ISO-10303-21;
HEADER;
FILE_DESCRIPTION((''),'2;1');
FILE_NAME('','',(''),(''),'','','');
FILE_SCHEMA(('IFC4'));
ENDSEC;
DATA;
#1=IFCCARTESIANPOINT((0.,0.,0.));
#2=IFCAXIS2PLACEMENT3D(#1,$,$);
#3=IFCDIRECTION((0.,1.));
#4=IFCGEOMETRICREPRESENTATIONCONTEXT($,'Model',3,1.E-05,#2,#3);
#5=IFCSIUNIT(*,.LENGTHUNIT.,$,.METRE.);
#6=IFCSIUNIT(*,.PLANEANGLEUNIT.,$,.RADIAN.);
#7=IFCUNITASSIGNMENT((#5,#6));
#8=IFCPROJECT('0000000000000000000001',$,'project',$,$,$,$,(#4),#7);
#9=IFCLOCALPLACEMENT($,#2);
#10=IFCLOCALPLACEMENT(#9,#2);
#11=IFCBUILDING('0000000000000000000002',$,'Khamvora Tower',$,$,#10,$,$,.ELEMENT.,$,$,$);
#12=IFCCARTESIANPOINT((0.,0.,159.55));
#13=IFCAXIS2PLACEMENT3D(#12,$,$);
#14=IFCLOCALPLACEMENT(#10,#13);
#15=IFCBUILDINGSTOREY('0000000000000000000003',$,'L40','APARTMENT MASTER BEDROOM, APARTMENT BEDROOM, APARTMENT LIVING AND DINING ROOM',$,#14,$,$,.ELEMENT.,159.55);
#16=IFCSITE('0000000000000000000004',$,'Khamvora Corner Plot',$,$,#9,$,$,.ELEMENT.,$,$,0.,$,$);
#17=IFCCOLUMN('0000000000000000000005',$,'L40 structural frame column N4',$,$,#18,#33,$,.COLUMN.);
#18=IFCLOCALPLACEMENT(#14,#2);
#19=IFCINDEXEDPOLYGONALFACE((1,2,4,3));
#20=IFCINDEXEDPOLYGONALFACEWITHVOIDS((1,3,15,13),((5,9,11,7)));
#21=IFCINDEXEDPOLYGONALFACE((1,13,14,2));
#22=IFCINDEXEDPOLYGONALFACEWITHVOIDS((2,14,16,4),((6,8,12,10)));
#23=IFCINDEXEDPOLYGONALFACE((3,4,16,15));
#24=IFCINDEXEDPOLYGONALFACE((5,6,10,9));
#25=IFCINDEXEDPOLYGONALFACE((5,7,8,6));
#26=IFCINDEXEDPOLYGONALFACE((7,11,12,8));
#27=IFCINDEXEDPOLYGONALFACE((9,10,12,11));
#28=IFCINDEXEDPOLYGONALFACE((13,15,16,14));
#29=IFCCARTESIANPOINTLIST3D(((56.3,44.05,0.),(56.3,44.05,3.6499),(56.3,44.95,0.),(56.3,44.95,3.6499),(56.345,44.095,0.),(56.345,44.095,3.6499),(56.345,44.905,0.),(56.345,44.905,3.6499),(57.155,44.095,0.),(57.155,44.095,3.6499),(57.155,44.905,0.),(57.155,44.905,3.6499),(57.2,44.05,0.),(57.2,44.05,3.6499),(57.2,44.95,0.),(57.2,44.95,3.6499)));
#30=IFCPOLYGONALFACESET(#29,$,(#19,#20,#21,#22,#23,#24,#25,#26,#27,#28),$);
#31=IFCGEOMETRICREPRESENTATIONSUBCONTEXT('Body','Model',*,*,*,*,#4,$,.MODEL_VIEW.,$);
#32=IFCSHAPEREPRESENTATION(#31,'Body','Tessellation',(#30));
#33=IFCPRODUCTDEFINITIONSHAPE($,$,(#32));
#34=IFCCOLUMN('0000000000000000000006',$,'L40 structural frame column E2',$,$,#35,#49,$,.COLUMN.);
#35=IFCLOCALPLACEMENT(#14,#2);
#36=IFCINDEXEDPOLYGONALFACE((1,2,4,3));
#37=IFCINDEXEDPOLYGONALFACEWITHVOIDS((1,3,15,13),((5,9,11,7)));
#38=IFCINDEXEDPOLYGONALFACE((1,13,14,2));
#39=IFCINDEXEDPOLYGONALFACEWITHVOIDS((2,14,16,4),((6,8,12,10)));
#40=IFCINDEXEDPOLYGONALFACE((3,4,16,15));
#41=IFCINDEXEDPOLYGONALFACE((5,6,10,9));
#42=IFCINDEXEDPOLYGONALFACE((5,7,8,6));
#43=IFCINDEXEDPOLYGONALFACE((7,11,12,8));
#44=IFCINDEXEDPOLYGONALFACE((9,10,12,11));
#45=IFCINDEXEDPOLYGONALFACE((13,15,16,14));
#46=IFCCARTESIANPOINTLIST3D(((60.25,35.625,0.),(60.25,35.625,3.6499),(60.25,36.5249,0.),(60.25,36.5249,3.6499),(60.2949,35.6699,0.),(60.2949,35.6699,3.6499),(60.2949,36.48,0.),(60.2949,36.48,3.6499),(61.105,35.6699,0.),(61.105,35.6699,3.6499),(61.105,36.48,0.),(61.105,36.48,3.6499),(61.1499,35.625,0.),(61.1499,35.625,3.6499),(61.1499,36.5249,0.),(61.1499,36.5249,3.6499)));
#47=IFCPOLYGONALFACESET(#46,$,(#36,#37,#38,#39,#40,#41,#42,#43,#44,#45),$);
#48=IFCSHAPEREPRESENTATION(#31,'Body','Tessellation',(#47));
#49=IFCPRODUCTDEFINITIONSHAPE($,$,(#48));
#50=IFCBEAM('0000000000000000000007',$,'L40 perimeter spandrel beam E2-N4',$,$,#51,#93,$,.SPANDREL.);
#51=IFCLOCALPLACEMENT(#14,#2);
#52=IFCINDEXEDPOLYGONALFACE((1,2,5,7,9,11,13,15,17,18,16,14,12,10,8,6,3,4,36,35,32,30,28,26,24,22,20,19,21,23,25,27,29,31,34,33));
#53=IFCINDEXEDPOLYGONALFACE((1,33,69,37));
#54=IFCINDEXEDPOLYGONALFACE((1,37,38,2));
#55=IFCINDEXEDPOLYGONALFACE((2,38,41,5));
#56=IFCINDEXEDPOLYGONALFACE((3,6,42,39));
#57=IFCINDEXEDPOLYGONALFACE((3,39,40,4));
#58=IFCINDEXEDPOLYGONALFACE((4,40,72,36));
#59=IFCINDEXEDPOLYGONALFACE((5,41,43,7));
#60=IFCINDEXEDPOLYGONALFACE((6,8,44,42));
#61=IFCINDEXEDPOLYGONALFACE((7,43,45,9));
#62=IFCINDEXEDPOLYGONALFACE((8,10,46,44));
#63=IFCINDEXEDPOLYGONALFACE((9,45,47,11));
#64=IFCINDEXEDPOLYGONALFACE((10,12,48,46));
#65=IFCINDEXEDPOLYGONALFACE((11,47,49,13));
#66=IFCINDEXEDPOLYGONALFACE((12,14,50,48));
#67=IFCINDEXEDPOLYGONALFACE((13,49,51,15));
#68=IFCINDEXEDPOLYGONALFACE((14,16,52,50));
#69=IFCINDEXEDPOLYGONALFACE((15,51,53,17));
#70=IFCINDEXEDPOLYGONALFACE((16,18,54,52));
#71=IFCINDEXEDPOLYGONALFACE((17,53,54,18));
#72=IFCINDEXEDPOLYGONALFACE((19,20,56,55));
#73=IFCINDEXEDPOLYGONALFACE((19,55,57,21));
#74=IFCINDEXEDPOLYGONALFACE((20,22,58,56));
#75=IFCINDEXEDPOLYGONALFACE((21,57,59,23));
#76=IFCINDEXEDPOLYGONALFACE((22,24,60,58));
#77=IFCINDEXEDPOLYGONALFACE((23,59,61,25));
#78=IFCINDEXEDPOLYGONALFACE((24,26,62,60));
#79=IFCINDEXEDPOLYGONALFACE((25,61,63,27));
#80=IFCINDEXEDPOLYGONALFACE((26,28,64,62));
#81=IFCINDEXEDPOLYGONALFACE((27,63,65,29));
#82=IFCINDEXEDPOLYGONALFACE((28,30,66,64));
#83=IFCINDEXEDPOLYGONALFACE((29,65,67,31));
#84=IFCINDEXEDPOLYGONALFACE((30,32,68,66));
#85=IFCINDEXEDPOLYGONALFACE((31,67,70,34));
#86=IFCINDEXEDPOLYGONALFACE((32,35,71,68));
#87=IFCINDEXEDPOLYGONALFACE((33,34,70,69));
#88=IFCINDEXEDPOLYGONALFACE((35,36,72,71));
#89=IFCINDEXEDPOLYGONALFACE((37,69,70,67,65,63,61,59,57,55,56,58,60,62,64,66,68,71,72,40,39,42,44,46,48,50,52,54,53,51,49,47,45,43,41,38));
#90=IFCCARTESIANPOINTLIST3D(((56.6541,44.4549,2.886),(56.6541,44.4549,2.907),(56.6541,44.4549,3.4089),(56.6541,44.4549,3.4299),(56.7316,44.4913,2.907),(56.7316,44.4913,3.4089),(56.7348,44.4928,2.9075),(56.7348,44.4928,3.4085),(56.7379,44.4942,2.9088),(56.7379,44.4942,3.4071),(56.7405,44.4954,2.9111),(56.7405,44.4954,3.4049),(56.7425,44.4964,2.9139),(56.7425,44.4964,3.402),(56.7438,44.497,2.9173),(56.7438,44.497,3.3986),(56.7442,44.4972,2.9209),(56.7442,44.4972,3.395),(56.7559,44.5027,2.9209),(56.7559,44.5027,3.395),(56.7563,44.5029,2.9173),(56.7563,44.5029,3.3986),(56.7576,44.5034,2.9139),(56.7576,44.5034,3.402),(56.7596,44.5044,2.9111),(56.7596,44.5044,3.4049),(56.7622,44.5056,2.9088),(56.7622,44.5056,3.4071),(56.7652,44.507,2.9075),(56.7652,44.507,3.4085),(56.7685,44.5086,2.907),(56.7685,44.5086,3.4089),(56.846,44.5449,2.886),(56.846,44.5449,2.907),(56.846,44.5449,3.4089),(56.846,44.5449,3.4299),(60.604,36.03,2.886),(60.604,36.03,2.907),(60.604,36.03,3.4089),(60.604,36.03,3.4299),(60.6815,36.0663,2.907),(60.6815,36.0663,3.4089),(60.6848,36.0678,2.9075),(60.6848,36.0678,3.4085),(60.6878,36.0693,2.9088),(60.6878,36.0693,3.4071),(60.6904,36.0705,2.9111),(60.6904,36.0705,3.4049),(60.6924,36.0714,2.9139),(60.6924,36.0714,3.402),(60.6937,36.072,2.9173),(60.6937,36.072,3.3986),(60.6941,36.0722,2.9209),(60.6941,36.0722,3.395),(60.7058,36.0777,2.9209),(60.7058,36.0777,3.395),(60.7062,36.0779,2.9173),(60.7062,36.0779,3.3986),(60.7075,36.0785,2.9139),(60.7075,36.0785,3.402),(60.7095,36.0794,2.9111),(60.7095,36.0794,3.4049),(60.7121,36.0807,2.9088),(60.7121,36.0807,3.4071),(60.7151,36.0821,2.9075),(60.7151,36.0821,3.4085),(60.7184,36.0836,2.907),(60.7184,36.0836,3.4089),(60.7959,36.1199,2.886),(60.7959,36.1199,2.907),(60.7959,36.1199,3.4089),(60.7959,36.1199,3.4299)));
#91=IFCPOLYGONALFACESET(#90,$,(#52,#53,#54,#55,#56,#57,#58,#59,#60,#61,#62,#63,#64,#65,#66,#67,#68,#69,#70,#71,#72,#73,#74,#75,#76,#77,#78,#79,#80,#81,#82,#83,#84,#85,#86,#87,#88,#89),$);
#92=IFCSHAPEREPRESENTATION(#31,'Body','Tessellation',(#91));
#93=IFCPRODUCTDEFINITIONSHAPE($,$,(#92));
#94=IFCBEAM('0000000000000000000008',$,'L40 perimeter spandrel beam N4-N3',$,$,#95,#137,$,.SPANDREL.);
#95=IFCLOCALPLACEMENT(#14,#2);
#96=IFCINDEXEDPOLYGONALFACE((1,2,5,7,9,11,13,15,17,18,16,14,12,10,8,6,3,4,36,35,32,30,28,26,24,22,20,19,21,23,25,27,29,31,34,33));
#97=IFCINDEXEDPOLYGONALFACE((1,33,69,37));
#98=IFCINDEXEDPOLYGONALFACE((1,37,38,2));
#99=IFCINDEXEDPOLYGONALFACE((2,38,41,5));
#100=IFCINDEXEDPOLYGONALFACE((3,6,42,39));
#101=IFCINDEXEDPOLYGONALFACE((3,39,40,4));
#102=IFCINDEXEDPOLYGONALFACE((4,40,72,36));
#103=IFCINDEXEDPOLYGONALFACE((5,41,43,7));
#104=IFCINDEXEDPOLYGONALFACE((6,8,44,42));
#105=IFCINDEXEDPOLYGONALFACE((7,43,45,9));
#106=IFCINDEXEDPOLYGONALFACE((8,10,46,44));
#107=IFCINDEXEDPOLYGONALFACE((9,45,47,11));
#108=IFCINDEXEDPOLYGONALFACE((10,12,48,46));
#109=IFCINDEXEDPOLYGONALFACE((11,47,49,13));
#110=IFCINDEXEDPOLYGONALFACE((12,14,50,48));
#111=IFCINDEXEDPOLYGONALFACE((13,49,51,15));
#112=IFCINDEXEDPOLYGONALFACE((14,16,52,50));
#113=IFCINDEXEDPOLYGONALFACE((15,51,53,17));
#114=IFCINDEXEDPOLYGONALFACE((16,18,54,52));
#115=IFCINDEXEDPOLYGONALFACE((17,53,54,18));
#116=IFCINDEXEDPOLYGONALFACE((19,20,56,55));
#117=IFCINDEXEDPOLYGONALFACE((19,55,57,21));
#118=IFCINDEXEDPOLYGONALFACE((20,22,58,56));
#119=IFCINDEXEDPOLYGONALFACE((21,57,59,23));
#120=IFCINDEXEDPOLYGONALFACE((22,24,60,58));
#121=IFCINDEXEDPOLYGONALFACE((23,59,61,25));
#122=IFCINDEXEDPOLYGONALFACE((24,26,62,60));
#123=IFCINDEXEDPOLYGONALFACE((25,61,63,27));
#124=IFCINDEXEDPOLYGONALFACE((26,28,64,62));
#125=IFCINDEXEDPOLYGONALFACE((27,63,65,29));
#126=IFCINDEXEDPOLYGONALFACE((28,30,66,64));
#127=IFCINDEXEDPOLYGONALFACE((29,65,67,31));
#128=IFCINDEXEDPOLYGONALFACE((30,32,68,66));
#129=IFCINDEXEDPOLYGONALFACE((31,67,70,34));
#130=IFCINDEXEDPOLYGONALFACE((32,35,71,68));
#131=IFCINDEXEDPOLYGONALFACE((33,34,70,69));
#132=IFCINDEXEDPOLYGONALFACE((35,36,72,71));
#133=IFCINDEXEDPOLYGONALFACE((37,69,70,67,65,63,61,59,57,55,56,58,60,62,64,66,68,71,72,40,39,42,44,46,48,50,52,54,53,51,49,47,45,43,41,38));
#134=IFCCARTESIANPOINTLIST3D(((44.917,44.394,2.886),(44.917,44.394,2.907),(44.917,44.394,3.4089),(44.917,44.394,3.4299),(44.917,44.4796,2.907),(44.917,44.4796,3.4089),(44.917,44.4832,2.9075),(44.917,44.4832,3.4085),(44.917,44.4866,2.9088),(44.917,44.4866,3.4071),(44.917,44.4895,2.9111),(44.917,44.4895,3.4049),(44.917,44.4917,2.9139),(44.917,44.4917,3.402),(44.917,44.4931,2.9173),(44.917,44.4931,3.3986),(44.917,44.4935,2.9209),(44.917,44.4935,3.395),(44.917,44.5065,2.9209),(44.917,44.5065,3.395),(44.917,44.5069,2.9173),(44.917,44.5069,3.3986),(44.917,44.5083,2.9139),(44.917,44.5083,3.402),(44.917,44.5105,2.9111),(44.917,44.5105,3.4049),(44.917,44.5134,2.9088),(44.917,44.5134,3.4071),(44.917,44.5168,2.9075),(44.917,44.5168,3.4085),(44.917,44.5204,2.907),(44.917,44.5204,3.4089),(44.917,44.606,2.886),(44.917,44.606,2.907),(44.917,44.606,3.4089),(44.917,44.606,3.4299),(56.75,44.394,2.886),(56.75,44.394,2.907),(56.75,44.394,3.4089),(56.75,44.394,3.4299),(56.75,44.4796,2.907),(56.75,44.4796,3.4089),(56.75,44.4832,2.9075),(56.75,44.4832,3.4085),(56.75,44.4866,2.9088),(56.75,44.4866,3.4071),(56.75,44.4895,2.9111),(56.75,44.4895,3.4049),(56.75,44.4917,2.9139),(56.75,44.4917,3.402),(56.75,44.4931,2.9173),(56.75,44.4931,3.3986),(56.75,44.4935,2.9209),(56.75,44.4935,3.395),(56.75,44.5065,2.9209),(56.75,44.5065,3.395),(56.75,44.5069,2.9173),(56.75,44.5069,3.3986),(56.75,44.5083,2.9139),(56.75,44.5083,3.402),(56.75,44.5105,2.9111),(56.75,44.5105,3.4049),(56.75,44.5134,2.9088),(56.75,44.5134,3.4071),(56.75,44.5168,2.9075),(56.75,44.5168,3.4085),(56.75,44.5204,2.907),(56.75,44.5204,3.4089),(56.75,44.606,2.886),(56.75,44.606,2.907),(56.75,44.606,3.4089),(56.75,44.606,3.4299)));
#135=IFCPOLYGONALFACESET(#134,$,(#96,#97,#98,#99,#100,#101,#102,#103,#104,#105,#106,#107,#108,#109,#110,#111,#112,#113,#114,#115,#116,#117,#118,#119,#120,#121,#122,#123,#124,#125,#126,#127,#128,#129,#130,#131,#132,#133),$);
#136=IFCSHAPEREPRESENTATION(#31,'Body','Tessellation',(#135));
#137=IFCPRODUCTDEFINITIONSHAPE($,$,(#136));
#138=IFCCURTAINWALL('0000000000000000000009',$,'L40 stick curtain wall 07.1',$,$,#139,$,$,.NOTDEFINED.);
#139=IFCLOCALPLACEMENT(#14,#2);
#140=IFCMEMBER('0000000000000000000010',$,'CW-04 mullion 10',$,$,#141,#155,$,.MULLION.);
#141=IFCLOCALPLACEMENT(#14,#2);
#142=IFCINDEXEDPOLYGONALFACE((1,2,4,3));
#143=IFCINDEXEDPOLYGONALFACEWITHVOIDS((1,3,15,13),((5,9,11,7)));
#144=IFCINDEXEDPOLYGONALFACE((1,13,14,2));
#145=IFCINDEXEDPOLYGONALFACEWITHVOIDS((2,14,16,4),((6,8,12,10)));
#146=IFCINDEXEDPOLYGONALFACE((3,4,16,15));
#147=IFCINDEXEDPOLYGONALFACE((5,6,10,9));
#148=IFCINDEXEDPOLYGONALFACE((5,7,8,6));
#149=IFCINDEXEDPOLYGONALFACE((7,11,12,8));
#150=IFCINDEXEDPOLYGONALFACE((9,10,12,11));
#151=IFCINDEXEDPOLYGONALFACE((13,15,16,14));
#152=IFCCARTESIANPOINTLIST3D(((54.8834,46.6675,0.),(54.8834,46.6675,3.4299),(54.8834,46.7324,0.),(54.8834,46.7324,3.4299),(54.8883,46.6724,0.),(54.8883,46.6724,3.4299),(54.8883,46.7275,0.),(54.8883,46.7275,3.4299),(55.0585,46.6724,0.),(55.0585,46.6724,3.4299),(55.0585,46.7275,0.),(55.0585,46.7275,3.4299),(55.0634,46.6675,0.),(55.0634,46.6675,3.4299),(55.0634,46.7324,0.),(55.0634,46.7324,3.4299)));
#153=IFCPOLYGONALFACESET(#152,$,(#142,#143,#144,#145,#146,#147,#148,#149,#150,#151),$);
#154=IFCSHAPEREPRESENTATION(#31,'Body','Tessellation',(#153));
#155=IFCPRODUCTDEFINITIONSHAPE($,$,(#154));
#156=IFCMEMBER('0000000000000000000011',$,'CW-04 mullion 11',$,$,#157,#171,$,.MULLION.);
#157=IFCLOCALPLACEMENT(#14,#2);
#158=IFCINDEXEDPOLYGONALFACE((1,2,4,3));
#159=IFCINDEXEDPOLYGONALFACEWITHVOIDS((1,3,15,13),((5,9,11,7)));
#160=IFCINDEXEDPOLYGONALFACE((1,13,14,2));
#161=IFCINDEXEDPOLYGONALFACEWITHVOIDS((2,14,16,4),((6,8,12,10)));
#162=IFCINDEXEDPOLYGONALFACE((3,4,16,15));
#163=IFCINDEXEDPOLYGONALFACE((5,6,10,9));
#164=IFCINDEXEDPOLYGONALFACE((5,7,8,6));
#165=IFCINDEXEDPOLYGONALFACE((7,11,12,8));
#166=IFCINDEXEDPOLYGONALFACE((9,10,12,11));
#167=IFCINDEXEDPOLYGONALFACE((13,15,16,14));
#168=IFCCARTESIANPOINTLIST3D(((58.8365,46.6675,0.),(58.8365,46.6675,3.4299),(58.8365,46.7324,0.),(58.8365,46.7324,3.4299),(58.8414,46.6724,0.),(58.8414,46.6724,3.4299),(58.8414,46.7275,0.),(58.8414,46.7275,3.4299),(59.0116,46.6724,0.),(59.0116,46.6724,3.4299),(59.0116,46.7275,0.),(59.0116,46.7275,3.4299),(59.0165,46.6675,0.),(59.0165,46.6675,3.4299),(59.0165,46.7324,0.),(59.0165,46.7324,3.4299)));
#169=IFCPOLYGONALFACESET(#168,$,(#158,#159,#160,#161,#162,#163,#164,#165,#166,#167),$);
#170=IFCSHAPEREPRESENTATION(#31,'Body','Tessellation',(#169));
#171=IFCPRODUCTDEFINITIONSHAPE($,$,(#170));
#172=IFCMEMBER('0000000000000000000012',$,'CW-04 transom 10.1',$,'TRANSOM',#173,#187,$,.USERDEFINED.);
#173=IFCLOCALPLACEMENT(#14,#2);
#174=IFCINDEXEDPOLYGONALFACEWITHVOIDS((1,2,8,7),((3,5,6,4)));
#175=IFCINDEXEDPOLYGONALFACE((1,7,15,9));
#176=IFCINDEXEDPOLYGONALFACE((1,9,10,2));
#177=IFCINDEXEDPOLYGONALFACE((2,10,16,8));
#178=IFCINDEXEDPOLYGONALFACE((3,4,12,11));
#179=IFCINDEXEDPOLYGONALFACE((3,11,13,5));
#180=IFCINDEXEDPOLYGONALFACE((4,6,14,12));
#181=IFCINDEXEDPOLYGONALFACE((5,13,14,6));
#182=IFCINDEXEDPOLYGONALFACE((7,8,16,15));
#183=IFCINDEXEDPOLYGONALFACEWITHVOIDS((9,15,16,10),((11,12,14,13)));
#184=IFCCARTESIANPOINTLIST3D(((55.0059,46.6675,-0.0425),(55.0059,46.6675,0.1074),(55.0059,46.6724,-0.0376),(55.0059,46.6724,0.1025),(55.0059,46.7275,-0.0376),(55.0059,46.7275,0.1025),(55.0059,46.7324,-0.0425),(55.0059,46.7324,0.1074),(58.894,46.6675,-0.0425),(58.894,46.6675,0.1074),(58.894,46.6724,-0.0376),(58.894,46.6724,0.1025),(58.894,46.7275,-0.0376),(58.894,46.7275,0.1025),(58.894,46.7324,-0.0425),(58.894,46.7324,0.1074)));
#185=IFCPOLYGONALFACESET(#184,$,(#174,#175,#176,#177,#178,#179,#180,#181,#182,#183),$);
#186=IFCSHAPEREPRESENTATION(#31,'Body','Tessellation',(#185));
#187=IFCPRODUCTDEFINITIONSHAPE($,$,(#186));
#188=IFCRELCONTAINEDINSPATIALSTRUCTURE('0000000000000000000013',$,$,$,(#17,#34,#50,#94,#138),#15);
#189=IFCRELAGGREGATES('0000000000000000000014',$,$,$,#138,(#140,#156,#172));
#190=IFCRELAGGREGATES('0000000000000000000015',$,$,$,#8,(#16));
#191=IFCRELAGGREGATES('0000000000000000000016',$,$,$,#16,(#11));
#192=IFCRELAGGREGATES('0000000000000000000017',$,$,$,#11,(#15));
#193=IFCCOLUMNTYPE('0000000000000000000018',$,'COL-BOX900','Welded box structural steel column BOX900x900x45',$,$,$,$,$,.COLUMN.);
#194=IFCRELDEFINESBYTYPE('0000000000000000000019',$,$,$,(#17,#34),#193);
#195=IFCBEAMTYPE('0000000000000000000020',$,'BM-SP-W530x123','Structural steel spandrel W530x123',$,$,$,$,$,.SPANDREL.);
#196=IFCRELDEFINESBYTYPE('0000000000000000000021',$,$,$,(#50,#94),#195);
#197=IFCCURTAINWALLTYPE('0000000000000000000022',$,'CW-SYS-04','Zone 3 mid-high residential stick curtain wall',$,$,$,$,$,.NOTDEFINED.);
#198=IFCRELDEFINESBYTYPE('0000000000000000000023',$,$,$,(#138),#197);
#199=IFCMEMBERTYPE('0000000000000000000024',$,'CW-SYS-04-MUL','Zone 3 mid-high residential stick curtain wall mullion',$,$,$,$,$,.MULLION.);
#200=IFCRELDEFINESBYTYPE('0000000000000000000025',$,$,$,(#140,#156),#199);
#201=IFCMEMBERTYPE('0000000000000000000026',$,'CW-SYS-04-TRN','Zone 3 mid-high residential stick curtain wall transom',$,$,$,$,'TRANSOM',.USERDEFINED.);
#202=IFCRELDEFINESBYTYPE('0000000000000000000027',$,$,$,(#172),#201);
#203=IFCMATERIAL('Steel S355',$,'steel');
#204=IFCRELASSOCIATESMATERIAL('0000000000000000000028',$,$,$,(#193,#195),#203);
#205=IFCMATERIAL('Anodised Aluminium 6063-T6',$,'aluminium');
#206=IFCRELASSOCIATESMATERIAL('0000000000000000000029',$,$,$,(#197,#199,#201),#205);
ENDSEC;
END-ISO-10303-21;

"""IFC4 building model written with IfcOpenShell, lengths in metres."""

from ifc_helpers import new_model, si_unit, direction, frame, origin, origin_2d, place, context, subcontext, project, spatial, hollow_rectangle, i_section, extrude, material, material_profile, profile_set, type_object, element, aggregate, save


model = new_model("IFC4")

# Units and contexts
model_context = context("Model", 3, precision=1e-05, world=origin(), true_north=direction((0.0, 1.0)))
body_context = subcontext(model_context, "Body", "Model", "MODEL_VIEW")
ifc_project = project(units=[si_unit("LENGTHUNIT", "METRE"), si_unit("PLANEANGLEUNIT", "RADIAN")], contexts=[model_context])

# Site, building, storey
site_placement = place(None, origin())
site = spatial("IfcSite", under=ifc_project, at=site_placement, Name="Khamvora Corner Plot", CompositionType="ELEMENT", RefElevation=0.0)
building_placement = place(site_placement, origin())
building = spatial("IfcBuilding", under=site, at=building_placement, Name="Khamvora Tower", CompositionType="ELEMENT")
storey_placement = place(building_placement, frame((0.0, 0.0, 159.55)))
storey = spatial("IfcBuildingStorey", under=building, at=storey_placement, Name="L40", Description="APARTMENT MASTER BEDROOM, APARTMENT BEDROOM, APARTMENT LIVING AND DINING ROOM", CompositionType="ELEMENT", Elevation=159.55)

# Columns
ifc_material_1 = material(Name="Steel S355", Category="steel")
ifc_material_profile_1 = material_profile(ifc_material_1, hollow_rectangle(XDim=0.8999, YDim=0.8999, WallThickness=0.0449, at=origin_2d()), Name="BOX900x900x45")
ifc_profile_set_1 = profile_set([ifc_material_profile_1], Name="Steel S355")
column_type = type_object("IfcColumnType", Name="COL-BOX900", Description="Welded box structural steel column BOX900x900x45", PredefinedType="COLUMN", material=ifc_profile_set_1)
for number, where, z_axis, x_axis, name in (
    (1, (56.75, 44.5, 0.0), (0.0, 0.0, 1.0), (1.0, 0.0, 0.0), "L40 structural frame column N4"),
    (2, (60.7, 36.075, 0.0), (0.0, 0.0, 1.0), (1.0, 0.0, 0.0), "L40 structural frame column E2"),
):
    element("IfcColumn", number, at=place(storey_placement, frame(where, z_axis=z_axis, x_axis=x_axis)), inside=storey, type_object=column_type, Name=name, PredefinedType="COLUMN", context=body_context, shape_type="SweptSolid", body=[
        extrude(hollow_rectangle(XDim=0.8999, YDim=0.8999, WallThickness=0.0449, at=origin_2d()), origin(), (0.0, 0.0, 1.0), 3.6499),
    ])

# Beams
ifc_material_profile_2 = material_profile(ifc_material_1, i_section(OverallWidth=0.2119, OverallDepth=0.5439, WebThickness=0.0129, FlangeThickness=0.021, FilletRadius=0.0139, at=origin_2d()), Name="W530x123")
ifc_profile_set_2 = profile_set([ifc_material_profile_2], Name="Steel S355")
beam_type = type_object("IfcBeamType", Name="BM-SP-W530x123", Description="Structural steel spandrel W530x123", PredefinedType="SPANDREL", material=ifc_profile_set_2)
beam_1_placement = place(storey_placement, frame((60.7, 36.075, 3.158), z_axis=(-0.424496, 0.90543, 0.0), x_axis=(-0.90543, -0.424496, 0.0)))
element("IfcBeam", 3, at=beam_1_placement, inside=storey, type_object=beam_type, Name="L40 perimeter spandrel beam E2-N4", PredefinedType="SPANDREL", context=body_context, shape_type="SweptSolid", body=[
    extrude(i_section(OverallWidth=0.2119, OverallDepth=0.5439, WebThickness=0.0129, FlangeThickness=0.021, FilletRadius=0.0139, at=origin_2d()), origin(), (0.0, 0.0, 1.0), 9.3049),
])
beam_2_placement = place(storey_placement, frame((56.75, 44.5, 3.158), z_axis=(-1.0, 0.0, 0.0), x_axis=(0.0, -1.0, 0.0)))
element("IfcBeam", 4, at=beam_2_placement, inside=storey, type_object=beam_type, Name="L40 perimeter spandrel beam N4-N3", PredefinedType="SPANDREL", context=body_context, shape_type="SweptSolid", body=[
    extrude(i_section(OverallWidth=0.2119, OverallDepth=0.5439, WebThickness=0.0129, FlangeThickness=0.021, FilletRadius=0.0139, at=origin_2d()), origin(), (0.0, 0.0, 1.0), 11.833),
])

# Curtain wall, members
ifc_material_2 = material(Name="Anodised Aluminium 6063-T6", Category="aluminium")
curtain_wall_type = type_object("IfcCurtainWallType", Name="CW-SYS-04", Description="Zone 3 mid-high residential stick curtain wall", PredefinedType="NOTDEFINED", material=ifc_material_2)
curtain_wall_placement = place(storey_placement, origin())
curtain_wall = element("IfcCurtainWall", 5, at=curtain_wall_placement, inside=storey, type_object=curtain_wall_type, Name="L40 stick curtain wall 07.1", PredefinedType="NOTDEFINED")
ifc_material_profile_3 = material_profile(ifc_material_2, hollow_rectangle(XDim=0.0649, YDim=0.1799, WallThickness=0.0049, at=origin_2d()), Name="MUL65x180x5")
ifc_profile_set_3 = profile_set([ifc_material_profile_3], Name="Anodised Aluminium 6063-T6")
member_type_1 = type_object("IfcMemberType", Name="CW-SYS-04-MUL", Description="Zone 3 mid-high residential stick curtain wall mullion", PredefinedType="MULLION", material=ifc_profile_set_3)
member_1_placement = place(storey_placement, frame((54.9734, 46.7, 0.0), z_axis=(0.0, 0.0, 1.0), x_axis=(0.0, 1.0, 0.0)))
member_1 = element("IfcMember", 6, at=member_1_placement, type_object=member_type_1, Name="CW-04 mullion 10", PredefinedType="MULLION", context=body_context, shape_type="SweptSolid", body=[
    extrude(hollow_rectangle(XDim=0.0649, YDim=0.1799, WallThickness=0.0049, at=origin_2d()), origin(), (0.0, 0.0, 1.0), 3.4299),
])
member_2_placement = place(storey_placement, frame((58.9265, 46.7, 0.0), z_axis=(0.0, 0.0, 1.0), x_axis=(0.0, 1.0, 0.0)))
member_2 = element("IfcMember", 7, at=member_2_placement, type_object=member_type_1, Name="CW-04 mullion 11", PredefinedType="MULLION", context=body_context, shape_type="SweptSolid", body=[
    extrude(hollow_rectangle(XDim=0.0649, YDim=0.1799, WallThickness=0.0049, at=origin_2d()), origin(), (0.0, 0.0, 1.0), 3.4299),
])
ifc_material_profile_4 = material_profile(ifc_material_2, hollow_rectangle(XDim=0.0649, YDim=0.1499, WallThickness=0.0049, at=origin_2d()), Name="TRN65x150x5")
ifc_profile_set_4 = profile_set([ifc_material_profile_4], Name="Anodised Aluminium 6063-T6")
member_type_2 = type_object("IfcMemberType", Name="CW-SYS-04-TRN", Description="Zone 3 mid-high residential stick curtain wall transom", ElementType="TRANSOM", PredefinedType="USERDEFINED", material=ifc_profile_set_4)
member_3_placement = place(storey_placement, frame((55.0059, 46.7, 0.0325), z_axis=(1.0, 0.0, 0.0), x_axis=(0.0, 1.0, 0.0)))
member_3 = element("IfcMember", 8, at=member_3_placement, type_object=member_type_2, Name="CW-04 transom 10.1", ObjectType="TRANSOM", PredefinedType="USERDEFINED", context=body_context, shape_type="SweptSolid", body=[
    extrude(hollow_rectangle(XDim=0.0649, YDim=0.1499, WallThickness=0.0049, at=origin_2d()), origin(), (0.0, 0.0, 1.0), 3.8882),
])
aggregate(curtain_wall, [member_1, member_2, member_3])

save(model, "model.ifc")
